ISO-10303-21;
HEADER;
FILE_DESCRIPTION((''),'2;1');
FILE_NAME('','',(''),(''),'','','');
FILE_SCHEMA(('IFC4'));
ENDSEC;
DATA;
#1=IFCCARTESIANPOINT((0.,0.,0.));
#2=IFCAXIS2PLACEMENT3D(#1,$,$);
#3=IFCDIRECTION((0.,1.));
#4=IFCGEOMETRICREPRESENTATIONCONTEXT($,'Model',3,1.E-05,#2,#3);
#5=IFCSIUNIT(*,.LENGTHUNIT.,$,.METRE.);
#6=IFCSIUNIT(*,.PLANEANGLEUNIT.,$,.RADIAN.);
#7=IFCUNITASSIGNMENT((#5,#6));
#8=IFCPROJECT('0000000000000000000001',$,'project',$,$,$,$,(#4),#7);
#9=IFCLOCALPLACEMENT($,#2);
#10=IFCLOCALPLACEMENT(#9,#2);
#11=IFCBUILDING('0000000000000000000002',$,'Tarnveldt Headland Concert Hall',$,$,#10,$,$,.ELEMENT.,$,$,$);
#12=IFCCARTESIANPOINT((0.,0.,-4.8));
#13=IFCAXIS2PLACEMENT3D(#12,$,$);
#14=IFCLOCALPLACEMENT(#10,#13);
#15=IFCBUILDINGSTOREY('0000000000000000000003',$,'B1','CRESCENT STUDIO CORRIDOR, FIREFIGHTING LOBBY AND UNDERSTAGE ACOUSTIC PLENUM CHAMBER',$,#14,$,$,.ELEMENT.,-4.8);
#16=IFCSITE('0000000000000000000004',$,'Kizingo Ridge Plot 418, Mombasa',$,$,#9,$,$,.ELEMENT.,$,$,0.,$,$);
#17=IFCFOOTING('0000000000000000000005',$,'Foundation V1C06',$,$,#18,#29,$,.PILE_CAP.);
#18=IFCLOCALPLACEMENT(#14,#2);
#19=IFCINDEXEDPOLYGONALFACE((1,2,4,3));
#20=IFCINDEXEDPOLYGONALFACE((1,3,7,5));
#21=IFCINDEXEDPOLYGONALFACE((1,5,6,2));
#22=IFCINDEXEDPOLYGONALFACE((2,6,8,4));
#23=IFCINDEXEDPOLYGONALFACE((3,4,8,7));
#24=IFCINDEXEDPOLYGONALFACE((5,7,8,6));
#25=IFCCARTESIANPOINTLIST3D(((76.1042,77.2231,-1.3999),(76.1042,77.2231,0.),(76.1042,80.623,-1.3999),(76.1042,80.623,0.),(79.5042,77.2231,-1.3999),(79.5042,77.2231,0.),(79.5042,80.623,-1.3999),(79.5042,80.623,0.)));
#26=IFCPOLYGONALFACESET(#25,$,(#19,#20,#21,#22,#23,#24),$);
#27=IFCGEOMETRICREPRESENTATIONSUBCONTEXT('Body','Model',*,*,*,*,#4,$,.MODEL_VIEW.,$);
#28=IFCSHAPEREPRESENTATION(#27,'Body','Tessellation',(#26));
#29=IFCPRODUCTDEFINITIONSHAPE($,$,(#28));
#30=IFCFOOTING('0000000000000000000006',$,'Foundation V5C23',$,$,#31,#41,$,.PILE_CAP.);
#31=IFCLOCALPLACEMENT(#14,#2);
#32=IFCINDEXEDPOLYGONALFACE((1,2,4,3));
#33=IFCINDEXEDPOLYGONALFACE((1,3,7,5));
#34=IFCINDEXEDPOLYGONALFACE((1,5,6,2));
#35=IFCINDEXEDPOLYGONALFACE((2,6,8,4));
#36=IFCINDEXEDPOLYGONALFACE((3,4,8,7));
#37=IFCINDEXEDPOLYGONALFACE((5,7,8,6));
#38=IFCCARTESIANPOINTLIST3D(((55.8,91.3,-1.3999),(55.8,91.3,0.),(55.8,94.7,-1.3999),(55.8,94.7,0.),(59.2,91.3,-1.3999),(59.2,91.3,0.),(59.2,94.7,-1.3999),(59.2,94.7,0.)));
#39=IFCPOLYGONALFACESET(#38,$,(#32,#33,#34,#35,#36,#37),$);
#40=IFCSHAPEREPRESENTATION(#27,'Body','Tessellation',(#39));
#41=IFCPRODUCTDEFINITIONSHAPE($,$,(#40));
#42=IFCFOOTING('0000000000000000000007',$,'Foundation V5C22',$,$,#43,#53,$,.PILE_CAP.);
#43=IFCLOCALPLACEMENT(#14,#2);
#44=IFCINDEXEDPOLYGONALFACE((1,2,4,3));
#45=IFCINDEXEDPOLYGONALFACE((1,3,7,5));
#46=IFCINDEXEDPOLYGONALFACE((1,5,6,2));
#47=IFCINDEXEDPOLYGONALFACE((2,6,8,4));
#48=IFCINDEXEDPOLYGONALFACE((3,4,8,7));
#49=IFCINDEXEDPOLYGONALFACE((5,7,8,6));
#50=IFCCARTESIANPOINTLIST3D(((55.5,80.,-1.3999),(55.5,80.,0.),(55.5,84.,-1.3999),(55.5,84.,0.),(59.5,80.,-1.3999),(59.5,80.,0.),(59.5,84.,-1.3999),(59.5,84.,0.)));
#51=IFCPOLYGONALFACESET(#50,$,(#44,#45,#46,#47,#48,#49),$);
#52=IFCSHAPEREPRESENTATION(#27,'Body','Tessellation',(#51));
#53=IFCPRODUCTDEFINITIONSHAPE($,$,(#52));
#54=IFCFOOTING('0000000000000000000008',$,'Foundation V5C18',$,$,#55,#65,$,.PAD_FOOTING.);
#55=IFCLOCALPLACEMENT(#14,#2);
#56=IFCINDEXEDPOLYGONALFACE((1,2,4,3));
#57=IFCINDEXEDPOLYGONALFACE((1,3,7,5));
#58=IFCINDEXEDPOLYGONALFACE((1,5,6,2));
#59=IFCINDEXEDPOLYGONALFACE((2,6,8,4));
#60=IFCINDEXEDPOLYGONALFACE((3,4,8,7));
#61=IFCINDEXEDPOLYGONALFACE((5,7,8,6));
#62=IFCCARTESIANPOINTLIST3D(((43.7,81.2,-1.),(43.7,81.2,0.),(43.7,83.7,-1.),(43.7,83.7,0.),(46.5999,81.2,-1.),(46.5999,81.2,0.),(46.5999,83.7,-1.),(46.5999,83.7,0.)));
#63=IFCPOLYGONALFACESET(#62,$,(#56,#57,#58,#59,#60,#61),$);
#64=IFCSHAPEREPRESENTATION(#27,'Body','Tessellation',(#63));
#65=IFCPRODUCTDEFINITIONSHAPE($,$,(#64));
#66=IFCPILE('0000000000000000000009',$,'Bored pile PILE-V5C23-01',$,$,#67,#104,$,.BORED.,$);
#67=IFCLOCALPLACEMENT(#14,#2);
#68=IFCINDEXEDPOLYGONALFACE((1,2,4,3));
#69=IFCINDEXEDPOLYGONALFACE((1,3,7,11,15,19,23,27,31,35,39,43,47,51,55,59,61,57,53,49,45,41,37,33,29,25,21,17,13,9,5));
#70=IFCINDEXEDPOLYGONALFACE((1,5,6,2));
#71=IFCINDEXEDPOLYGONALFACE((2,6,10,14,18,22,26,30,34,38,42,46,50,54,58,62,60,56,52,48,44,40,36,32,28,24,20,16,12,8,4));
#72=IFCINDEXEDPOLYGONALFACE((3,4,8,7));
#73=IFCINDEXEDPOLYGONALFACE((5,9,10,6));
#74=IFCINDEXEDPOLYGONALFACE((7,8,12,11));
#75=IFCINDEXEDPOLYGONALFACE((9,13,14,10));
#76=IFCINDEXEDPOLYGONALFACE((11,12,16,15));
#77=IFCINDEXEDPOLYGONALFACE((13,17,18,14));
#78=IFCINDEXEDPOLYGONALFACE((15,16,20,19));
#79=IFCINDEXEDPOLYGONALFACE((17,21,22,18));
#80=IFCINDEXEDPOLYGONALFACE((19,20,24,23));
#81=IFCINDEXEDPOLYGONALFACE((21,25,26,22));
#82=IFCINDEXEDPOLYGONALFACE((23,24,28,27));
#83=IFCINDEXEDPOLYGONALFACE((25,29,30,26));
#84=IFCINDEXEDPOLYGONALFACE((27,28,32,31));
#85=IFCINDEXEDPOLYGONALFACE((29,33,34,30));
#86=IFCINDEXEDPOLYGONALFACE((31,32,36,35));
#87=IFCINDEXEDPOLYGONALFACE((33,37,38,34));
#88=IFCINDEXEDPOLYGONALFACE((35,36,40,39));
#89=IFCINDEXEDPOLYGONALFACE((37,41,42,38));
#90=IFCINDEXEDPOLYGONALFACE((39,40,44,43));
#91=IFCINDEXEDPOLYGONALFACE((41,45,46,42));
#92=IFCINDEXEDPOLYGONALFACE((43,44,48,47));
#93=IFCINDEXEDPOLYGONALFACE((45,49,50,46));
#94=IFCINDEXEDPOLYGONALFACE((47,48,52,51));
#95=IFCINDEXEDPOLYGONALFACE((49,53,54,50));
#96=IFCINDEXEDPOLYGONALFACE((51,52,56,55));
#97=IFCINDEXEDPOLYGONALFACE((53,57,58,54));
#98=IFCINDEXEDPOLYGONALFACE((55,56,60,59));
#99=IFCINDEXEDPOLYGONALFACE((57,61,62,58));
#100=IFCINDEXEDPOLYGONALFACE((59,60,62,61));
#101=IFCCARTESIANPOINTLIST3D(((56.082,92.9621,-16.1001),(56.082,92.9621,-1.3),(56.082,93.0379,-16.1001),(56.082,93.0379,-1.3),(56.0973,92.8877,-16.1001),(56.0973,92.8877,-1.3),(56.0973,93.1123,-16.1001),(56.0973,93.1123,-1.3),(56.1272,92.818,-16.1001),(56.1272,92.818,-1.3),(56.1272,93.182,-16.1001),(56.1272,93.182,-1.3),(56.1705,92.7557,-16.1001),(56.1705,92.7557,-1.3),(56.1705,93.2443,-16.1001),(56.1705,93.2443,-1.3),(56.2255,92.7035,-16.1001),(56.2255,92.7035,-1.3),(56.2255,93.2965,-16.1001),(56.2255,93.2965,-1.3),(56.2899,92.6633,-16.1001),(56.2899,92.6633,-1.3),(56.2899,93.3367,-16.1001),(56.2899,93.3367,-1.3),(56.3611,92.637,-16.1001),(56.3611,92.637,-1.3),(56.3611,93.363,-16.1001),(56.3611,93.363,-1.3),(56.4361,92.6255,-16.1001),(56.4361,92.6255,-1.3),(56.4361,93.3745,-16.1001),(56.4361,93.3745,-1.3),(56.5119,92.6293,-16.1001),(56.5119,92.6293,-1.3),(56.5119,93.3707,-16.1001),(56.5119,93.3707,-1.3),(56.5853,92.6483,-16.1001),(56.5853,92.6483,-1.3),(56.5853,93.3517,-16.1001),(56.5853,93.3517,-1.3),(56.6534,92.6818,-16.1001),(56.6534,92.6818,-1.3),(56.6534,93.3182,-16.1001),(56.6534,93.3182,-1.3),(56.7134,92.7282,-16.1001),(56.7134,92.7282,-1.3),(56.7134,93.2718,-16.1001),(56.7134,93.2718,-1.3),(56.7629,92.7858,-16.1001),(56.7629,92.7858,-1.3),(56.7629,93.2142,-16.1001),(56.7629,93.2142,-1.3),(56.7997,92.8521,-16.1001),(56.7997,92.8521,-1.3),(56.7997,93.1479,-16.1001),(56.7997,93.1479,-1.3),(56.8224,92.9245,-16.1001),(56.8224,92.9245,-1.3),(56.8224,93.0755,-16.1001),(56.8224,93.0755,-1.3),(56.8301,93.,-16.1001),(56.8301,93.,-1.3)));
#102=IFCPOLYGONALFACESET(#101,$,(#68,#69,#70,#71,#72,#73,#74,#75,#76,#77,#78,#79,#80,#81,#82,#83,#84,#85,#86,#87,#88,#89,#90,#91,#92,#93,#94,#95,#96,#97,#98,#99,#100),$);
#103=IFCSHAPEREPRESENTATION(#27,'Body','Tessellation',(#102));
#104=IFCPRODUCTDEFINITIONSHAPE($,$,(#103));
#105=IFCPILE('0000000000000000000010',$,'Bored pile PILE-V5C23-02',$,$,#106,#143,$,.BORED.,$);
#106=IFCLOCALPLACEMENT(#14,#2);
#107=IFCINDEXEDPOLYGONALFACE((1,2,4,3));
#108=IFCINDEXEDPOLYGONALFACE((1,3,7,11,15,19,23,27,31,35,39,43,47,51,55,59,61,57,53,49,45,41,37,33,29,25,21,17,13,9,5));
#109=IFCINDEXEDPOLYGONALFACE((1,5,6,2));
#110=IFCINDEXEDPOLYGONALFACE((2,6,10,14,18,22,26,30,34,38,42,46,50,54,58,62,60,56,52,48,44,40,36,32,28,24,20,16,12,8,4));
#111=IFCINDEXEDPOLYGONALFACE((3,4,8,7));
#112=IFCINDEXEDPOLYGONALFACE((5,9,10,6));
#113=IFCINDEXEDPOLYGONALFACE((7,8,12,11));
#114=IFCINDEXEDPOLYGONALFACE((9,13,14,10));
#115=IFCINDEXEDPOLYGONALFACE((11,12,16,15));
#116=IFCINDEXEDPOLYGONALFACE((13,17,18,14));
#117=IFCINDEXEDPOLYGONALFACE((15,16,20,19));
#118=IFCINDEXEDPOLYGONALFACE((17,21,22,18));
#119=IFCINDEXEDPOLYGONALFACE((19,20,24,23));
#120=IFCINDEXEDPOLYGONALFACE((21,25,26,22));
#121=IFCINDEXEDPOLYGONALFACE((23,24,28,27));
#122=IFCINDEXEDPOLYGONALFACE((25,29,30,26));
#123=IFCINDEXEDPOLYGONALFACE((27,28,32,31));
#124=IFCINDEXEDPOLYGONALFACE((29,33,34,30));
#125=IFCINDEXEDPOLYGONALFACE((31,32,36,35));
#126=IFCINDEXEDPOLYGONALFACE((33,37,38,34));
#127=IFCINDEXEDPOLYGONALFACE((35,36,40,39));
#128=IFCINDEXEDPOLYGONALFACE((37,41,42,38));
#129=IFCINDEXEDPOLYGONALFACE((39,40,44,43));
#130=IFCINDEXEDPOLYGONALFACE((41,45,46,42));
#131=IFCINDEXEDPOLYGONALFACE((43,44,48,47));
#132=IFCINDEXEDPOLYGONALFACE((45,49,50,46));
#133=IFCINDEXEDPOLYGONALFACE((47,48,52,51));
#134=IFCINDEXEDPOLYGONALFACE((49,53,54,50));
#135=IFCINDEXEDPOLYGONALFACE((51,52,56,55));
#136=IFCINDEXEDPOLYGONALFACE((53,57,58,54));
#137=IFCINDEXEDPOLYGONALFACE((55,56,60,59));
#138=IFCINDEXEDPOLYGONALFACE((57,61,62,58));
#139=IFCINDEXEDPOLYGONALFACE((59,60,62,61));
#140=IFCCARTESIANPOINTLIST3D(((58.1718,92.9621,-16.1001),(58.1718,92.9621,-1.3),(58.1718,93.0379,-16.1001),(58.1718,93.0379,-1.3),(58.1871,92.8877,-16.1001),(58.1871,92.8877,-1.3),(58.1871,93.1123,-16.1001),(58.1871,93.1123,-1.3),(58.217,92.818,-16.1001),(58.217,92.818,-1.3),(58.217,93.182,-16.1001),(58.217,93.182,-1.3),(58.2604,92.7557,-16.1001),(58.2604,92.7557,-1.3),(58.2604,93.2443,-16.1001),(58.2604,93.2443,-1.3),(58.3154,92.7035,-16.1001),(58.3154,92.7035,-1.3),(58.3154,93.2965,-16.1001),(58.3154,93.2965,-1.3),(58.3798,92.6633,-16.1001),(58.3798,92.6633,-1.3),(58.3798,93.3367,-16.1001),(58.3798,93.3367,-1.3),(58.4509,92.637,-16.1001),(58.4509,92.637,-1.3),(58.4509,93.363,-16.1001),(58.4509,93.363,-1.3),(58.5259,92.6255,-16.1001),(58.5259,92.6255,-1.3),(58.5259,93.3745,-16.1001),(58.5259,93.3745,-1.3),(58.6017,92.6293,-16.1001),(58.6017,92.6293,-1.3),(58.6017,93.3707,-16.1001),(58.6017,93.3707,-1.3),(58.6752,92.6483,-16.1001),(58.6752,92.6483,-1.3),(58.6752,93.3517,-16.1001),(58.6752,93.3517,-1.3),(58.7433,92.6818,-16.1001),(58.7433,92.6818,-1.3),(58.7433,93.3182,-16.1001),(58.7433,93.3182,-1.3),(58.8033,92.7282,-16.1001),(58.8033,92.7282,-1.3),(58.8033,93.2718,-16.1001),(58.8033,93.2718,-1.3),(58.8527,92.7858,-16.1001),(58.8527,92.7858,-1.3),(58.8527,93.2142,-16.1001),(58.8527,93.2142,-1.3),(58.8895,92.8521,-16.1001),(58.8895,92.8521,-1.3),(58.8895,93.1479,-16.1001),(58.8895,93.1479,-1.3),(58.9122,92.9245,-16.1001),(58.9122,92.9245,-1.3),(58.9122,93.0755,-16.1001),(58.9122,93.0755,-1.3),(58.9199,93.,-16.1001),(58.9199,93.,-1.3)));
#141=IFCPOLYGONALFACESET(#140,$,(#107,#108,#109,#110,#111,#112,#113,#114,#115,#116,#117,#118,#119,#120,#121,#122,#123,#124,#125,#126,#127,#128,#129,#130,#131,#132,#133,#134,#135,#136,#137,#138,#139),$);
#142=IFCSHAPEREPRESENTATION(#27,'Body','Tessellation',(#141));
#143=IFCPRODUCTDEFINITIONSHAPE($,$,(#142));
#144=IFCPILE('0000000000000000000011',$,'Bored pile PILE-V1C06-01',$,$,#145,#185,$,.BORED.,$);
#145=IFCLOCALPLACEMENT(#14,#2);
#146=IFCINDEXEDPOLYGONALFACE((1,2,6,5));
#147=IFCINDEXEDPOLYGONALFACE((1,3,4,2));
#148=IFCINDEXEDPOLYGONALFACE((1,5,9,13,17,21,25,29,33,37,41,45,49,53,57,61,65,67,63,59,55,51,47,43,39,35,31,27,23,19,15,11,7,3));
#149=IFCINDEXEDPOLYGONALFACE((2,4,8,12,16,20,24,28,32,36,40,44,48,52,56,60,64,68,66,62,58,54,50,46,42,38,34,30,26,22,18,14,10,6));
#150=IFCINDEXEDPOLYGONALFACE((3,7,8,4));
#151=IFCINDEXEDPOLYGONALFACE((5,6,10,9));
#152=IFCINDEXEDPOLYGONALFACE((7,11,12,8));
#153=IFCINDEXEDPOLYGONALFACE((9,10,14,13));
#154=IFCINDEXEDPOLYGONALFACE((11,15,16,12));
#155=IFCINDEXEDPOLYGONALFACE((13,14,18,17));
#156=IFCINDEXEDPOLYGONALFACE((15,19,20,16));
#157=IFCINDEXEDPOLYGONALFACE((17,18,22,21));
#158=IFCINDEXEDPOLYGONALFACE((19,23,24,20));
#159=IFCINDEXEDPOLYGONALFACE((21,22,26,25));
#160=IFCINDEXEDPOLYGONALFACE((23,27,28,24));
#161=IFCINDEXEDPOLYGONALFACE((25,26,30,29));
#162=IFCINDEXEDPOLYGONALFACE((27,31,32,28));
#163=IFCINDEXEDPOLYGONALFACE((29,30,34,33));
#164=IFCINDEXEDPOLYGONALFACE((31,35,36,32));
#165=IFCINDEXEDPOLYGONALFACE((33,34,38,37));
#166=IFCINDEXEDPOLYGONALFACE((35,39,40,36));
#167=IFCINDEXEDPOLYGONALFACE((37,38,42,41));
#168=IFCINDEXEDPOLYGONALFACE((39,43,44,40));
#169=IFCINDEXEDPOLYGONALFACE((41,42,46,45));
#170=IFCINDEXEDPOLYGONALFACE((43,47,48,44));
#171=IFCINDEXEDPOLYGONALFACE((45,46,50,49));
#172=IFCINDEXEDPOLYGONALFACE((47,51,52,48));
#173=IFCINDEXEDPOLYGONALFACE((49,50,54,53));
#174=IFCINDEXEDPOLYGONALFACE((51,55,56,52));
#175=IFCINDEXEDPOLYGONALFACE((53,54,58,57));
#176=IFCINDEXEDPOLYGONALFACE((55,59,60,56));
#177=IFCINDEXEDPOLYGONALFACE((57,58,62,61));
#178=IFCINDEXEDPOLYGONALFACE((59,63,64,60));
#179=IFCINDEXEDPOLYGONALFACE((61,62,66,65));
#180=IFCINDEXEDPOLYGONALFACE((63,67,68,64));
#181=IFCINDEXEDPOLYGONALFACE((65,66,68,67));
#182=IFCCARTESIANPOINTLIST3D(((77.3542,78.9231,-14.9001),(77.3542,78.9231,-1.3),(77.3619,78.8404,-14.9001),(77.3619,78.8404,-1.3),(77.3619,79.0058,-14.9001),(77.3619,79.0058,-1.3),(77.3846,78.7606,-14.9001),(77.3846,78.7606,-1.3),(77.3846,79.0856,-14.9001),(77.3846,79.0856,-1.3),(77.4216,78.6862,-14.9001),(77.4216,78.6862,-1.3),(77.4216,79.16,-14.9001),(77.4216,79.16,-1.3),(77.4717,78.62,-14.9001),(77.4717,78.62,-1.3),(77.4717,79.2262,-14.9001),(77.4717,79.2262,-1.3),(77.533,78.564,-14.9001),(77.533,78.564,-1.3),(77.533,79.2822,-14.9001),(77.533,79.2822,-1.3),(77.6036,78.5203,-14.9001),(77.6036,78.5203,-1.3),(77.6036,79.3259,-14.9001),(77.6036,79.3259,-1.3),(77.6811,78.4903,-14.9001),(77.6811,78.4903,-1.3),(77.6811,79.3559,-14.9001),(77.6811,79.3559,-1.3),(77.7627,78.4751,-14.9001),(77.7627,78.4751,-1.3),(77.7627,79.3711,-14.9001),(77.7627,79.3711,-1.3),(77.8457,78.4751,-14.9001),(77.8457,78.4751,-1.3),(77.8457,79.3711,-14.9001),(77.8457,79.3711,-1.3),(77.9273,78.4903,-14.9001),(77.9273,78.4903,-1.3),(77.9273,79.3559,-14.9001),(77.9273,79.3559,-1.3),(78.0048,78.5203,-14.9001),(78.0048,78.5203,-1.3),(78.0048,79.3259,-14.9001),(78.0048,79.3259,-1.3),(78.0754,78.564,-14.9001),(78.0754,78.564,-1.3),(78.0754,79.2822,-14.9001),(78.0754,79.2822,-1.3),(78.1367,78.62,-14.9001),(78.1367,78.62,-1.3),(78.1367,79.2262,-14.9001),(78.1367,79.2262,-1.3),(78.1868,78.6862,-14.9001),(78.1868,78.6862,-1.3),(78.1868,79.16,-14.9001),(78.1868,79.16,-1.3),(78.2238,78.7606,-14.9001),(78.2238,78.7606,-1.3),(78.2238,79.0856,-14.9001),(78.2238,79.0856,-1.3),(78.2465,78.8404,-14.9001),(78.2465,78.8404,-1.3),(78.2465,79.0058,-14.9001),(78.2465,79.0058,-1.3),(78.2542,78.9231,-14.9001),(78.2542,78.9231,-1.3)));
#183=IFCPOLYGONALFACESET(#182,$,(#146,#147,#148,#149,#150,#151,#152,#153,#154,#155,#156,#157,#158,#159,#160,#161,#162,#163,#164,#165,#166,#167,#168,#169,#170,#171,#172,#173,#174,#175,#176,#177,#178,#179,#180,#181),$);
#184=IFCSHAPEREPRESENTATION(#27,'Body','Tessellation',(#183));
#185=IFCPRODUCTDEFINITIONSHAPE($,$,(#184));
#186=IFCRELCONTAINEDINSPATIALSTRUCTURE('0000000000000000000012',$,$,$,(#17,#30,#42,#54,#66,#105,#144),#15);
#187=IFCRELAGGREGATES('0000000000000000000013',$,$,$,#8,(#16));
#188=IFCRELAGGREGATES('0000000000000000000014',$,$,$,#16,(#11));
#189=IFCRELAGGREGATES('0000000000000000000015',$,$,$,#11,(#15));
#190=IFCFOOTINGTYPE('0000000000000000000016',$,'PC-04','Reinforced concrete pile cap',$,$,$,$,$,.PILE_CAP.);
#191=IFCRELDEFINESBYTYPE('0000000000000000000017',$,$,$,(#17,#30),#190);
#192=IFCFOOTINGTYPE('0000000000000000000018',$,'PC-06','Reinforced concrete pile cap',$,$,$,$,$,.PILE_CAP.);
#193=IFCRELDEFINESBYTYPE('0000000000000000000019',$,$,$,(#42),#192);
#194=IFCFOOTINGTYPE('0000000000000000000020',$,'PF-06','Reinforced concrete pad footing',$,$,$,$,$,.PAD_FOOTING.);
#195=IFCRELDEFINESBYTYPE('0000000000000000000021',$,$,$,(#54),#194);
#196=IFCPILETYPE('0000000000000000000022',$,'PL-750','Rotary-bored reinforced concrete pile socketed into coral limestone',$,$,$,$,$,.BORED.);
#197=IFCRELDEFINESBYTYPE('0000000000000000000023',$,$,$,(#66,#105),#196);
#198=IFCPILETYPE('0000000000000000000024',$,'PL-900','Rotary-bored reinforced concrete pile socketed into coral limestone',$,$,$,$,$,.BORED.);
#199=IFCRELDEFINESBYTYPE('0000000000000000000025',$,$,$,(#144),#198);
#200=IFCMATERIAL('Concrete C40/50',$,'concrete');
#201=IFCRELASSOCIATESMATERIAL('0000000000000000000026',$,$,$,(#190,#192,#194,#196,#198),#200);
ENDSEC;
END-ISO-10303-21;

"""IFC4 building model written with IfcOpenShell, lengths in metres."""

from ifc_helpers import new_model, si_unit, direction, frame, origin, origin_2d, place, context, subcontext, project, spatial, rectangle, circle, extrude, material, material_profile, profile_set, type_object, element, save


model = new_model("IFC4")

# Units and contexts
model_context = context("Model", 3, precision=1e-05, world=origin(), true_north=direction((0.0, 1.0)))
body_context = subcontext(model_context, "Body", "Model", "MODEL_VIEW")
ifc_project = project(units=[si_unit("LENGTHUNIT", "METRE"), si_unit("PLANEANGLEUNIT", "RADIAN")], contexts=[model_context])

# Site, building, storey
site_placement = place(None, origin())
site = spatial("IfcSite", under=ifc_project, at=site_placement, Name="Kizingo Ridge Plot 418, Mombasa", CompositionType="ELEMENT", RefElevation=0.0)
building_placement = place(site_placement, origin())
building = spatial("IfcBuilding", under=site, at=building_placement, Name="Tarnveldt Headland Concert Hall", CompositionType="ELEMENT")
storey_placement = place(building_placement, frame((0.0, 0.0, -4.8)))
storey = spatial("IfcBuildingStorey", under=building, at=storey_placement, Name="B1", Description="CRESCENT STUDIO CORRIDOR, FIREFIGHTING LOBBY AND UNDERSTAGE ACOUSTIC PLENUM CHAMBER", CompositionType="ELEMENT", Elevation=-4.8)

# Footings
ifc_material_1 = material(Name="Concrete C40/50", Category="concrete")
footing_type_1 = type_object("IfcFootingType", Name="PC-04", Description="Reinforced concrete pile cap", PredefinedType="PILE_CAP", material=ifc_material_1)
for number, where, z_axis, x_axis, name in (
    (1, (77.8042, 78.9231, -1.3999), (0.0, 0.0, 1.0), (1.0, 0.0, 0.0), "Foundation V1C06"),
    (2, (57.5, 93.0, -1.3999), (0.0, 0.0, 1.0), (1.0, 0.0, 0.0), "Foundation V5C23"),
):
    element("IfcFooting", number, at=place(storey_placement, frame(where, z_axis=z_axis, x_axis=x_axis)), inside=storey, type_object=footing_type_1, Name=name, PredefinedType="PILE_CAP", context=body_context, shape_type="SweptSolid", body=[
        extrude(rectangle(XDim=3.3999, YDim=3.3999, at=origin_2d()), origin(), (0.0, 0.0, 1.0), 1.3999),
    ])
footing_type_2 = type_object("IfcFootingType", Name="PC-06", Description="Reinforced concrete pile cap", PredefinedType="PILE_CAP", material=ifc_material_1)
footing_1_placement = place(storey_placement, frame((57.5, 82.0, -1.3999), z_axis=(0.0, 0.0, 1.0), x_axis=(1.0, 0.0, 0.0)))
element("IfcFooting", 3, at=footing_1_placement, inside=storey, type_object=footing_type_2, Name="Foundation V5C22", PredefinedType="PILE_CAP", context=body_context, shape_type="SweptSolid", body=[
    extrude(rectangle(XDim=4.0, YDim=4.0, at=origin_2d()), origin(), (0.0, 0.0, 1.0), 1.3999),
])
footing_type_3 = type_object("IfcFootingType", Name="PF-06", Description="Reinforced concrete pad footing", PredefinedType="PAD_FOOTING", material=ifc_material_1)
footing_2_placement = place(storey_placement, frame((45.1499, 82.45, -1.0), z_axis=(0.0, 0.0, 1.0), x_axis=(1.0, 0.0, 0.0)))
element("IfcFooting", 4, at=footing_2_placement, inside=storey, type_object=footing_type_3, Name="Foundation V5C18", PredefinedType="PAD_FOOTING", context=body_context, shape_type="SweptSolid", body=[
    extrude(rectangle(XDim=2.8999, YDim=2.5, at=origin_2d()), origin(), (0.0, 0.0, 1.0), 1.0),
])

# Piles
ifc_material_profile_1 = material_profile(ifc_material_1, circle(Radius=0.375, at=origin_2d()), Name="BORED PILE D750", Category="concrete")
ifc_profile_set_1 = profile_set([ifc_material_profile_1], Name="Concrete C40/50")
pile_type_1 = type_object("IfcPileType", Name="PL-750", Description="Rotary-bored reinforced concrete pile socketed into coral limestone", PredefinedType="BORED", material=ifc_profile_set_1)
for number, where, z_axis, x_axis, name in (
    (5, (56.4551, 93.0, -1.3), (0.0, 0.0, -1.0), (1.0, 0.0, 0.0), "Bored pile PILE-V5C23-01"),
    (6, (58.5449, 93.0, -1.3), (0.0, 0.0, -1.0), (1.0, 0.0, 0.0), "Bored pile PILE-V5C23-02"),
):
    element("IfcPile", number, at=place(storey_placement, frame(where, z_axis=z_axis, x_axis=x_axis)), inside=storey, type_object=pile_type_1, Name=name, PredefinedType="BORED", context=body_context, shape_type="SweptSolid", body=[
        extrude(circle(Radius=0.375, at=origin_2d()), origin(), (0.0, 0.0, 1.0), 14.8),
    ])
ifc_material_profile_2 = material_profile(ifc_material_1, circle(Radius=0.45, at=origin_2d()), Name="BORED PILE D900", Category="concrete")
ifc_profile_set_2 = profile_set([ifc_material_profile_2], Name="Concrete C40/50")
pile_type_2 = type_object("IfcPileType", Name="PL-900", Description="Rotary-bored reinforced concrete pile socketed into coral limestone", PredefinedType="BORED", material=ifc_profile_set_2)
pile_placement = place(storey_placement, frame((77.8042, 78.9231, -1.3), z_axis=(0.0, 0.0, -1.0), x_axis=(1.0, 0.0, 0.0)))
element("IfcPile", 7, at=pile_placement, inside=storey, type_object=pile_type_2, Name="Bored pile PILE-V1C06-01", PredefinedType="BORED", context=body_context, shape_type="SweptSolid", body=[
    extrude(circle(Radius=0.45, at=origin_2d()), origin(), (0.0, 0.0, 1.0), 13.6001),
])

save(model, "model.ifc")
